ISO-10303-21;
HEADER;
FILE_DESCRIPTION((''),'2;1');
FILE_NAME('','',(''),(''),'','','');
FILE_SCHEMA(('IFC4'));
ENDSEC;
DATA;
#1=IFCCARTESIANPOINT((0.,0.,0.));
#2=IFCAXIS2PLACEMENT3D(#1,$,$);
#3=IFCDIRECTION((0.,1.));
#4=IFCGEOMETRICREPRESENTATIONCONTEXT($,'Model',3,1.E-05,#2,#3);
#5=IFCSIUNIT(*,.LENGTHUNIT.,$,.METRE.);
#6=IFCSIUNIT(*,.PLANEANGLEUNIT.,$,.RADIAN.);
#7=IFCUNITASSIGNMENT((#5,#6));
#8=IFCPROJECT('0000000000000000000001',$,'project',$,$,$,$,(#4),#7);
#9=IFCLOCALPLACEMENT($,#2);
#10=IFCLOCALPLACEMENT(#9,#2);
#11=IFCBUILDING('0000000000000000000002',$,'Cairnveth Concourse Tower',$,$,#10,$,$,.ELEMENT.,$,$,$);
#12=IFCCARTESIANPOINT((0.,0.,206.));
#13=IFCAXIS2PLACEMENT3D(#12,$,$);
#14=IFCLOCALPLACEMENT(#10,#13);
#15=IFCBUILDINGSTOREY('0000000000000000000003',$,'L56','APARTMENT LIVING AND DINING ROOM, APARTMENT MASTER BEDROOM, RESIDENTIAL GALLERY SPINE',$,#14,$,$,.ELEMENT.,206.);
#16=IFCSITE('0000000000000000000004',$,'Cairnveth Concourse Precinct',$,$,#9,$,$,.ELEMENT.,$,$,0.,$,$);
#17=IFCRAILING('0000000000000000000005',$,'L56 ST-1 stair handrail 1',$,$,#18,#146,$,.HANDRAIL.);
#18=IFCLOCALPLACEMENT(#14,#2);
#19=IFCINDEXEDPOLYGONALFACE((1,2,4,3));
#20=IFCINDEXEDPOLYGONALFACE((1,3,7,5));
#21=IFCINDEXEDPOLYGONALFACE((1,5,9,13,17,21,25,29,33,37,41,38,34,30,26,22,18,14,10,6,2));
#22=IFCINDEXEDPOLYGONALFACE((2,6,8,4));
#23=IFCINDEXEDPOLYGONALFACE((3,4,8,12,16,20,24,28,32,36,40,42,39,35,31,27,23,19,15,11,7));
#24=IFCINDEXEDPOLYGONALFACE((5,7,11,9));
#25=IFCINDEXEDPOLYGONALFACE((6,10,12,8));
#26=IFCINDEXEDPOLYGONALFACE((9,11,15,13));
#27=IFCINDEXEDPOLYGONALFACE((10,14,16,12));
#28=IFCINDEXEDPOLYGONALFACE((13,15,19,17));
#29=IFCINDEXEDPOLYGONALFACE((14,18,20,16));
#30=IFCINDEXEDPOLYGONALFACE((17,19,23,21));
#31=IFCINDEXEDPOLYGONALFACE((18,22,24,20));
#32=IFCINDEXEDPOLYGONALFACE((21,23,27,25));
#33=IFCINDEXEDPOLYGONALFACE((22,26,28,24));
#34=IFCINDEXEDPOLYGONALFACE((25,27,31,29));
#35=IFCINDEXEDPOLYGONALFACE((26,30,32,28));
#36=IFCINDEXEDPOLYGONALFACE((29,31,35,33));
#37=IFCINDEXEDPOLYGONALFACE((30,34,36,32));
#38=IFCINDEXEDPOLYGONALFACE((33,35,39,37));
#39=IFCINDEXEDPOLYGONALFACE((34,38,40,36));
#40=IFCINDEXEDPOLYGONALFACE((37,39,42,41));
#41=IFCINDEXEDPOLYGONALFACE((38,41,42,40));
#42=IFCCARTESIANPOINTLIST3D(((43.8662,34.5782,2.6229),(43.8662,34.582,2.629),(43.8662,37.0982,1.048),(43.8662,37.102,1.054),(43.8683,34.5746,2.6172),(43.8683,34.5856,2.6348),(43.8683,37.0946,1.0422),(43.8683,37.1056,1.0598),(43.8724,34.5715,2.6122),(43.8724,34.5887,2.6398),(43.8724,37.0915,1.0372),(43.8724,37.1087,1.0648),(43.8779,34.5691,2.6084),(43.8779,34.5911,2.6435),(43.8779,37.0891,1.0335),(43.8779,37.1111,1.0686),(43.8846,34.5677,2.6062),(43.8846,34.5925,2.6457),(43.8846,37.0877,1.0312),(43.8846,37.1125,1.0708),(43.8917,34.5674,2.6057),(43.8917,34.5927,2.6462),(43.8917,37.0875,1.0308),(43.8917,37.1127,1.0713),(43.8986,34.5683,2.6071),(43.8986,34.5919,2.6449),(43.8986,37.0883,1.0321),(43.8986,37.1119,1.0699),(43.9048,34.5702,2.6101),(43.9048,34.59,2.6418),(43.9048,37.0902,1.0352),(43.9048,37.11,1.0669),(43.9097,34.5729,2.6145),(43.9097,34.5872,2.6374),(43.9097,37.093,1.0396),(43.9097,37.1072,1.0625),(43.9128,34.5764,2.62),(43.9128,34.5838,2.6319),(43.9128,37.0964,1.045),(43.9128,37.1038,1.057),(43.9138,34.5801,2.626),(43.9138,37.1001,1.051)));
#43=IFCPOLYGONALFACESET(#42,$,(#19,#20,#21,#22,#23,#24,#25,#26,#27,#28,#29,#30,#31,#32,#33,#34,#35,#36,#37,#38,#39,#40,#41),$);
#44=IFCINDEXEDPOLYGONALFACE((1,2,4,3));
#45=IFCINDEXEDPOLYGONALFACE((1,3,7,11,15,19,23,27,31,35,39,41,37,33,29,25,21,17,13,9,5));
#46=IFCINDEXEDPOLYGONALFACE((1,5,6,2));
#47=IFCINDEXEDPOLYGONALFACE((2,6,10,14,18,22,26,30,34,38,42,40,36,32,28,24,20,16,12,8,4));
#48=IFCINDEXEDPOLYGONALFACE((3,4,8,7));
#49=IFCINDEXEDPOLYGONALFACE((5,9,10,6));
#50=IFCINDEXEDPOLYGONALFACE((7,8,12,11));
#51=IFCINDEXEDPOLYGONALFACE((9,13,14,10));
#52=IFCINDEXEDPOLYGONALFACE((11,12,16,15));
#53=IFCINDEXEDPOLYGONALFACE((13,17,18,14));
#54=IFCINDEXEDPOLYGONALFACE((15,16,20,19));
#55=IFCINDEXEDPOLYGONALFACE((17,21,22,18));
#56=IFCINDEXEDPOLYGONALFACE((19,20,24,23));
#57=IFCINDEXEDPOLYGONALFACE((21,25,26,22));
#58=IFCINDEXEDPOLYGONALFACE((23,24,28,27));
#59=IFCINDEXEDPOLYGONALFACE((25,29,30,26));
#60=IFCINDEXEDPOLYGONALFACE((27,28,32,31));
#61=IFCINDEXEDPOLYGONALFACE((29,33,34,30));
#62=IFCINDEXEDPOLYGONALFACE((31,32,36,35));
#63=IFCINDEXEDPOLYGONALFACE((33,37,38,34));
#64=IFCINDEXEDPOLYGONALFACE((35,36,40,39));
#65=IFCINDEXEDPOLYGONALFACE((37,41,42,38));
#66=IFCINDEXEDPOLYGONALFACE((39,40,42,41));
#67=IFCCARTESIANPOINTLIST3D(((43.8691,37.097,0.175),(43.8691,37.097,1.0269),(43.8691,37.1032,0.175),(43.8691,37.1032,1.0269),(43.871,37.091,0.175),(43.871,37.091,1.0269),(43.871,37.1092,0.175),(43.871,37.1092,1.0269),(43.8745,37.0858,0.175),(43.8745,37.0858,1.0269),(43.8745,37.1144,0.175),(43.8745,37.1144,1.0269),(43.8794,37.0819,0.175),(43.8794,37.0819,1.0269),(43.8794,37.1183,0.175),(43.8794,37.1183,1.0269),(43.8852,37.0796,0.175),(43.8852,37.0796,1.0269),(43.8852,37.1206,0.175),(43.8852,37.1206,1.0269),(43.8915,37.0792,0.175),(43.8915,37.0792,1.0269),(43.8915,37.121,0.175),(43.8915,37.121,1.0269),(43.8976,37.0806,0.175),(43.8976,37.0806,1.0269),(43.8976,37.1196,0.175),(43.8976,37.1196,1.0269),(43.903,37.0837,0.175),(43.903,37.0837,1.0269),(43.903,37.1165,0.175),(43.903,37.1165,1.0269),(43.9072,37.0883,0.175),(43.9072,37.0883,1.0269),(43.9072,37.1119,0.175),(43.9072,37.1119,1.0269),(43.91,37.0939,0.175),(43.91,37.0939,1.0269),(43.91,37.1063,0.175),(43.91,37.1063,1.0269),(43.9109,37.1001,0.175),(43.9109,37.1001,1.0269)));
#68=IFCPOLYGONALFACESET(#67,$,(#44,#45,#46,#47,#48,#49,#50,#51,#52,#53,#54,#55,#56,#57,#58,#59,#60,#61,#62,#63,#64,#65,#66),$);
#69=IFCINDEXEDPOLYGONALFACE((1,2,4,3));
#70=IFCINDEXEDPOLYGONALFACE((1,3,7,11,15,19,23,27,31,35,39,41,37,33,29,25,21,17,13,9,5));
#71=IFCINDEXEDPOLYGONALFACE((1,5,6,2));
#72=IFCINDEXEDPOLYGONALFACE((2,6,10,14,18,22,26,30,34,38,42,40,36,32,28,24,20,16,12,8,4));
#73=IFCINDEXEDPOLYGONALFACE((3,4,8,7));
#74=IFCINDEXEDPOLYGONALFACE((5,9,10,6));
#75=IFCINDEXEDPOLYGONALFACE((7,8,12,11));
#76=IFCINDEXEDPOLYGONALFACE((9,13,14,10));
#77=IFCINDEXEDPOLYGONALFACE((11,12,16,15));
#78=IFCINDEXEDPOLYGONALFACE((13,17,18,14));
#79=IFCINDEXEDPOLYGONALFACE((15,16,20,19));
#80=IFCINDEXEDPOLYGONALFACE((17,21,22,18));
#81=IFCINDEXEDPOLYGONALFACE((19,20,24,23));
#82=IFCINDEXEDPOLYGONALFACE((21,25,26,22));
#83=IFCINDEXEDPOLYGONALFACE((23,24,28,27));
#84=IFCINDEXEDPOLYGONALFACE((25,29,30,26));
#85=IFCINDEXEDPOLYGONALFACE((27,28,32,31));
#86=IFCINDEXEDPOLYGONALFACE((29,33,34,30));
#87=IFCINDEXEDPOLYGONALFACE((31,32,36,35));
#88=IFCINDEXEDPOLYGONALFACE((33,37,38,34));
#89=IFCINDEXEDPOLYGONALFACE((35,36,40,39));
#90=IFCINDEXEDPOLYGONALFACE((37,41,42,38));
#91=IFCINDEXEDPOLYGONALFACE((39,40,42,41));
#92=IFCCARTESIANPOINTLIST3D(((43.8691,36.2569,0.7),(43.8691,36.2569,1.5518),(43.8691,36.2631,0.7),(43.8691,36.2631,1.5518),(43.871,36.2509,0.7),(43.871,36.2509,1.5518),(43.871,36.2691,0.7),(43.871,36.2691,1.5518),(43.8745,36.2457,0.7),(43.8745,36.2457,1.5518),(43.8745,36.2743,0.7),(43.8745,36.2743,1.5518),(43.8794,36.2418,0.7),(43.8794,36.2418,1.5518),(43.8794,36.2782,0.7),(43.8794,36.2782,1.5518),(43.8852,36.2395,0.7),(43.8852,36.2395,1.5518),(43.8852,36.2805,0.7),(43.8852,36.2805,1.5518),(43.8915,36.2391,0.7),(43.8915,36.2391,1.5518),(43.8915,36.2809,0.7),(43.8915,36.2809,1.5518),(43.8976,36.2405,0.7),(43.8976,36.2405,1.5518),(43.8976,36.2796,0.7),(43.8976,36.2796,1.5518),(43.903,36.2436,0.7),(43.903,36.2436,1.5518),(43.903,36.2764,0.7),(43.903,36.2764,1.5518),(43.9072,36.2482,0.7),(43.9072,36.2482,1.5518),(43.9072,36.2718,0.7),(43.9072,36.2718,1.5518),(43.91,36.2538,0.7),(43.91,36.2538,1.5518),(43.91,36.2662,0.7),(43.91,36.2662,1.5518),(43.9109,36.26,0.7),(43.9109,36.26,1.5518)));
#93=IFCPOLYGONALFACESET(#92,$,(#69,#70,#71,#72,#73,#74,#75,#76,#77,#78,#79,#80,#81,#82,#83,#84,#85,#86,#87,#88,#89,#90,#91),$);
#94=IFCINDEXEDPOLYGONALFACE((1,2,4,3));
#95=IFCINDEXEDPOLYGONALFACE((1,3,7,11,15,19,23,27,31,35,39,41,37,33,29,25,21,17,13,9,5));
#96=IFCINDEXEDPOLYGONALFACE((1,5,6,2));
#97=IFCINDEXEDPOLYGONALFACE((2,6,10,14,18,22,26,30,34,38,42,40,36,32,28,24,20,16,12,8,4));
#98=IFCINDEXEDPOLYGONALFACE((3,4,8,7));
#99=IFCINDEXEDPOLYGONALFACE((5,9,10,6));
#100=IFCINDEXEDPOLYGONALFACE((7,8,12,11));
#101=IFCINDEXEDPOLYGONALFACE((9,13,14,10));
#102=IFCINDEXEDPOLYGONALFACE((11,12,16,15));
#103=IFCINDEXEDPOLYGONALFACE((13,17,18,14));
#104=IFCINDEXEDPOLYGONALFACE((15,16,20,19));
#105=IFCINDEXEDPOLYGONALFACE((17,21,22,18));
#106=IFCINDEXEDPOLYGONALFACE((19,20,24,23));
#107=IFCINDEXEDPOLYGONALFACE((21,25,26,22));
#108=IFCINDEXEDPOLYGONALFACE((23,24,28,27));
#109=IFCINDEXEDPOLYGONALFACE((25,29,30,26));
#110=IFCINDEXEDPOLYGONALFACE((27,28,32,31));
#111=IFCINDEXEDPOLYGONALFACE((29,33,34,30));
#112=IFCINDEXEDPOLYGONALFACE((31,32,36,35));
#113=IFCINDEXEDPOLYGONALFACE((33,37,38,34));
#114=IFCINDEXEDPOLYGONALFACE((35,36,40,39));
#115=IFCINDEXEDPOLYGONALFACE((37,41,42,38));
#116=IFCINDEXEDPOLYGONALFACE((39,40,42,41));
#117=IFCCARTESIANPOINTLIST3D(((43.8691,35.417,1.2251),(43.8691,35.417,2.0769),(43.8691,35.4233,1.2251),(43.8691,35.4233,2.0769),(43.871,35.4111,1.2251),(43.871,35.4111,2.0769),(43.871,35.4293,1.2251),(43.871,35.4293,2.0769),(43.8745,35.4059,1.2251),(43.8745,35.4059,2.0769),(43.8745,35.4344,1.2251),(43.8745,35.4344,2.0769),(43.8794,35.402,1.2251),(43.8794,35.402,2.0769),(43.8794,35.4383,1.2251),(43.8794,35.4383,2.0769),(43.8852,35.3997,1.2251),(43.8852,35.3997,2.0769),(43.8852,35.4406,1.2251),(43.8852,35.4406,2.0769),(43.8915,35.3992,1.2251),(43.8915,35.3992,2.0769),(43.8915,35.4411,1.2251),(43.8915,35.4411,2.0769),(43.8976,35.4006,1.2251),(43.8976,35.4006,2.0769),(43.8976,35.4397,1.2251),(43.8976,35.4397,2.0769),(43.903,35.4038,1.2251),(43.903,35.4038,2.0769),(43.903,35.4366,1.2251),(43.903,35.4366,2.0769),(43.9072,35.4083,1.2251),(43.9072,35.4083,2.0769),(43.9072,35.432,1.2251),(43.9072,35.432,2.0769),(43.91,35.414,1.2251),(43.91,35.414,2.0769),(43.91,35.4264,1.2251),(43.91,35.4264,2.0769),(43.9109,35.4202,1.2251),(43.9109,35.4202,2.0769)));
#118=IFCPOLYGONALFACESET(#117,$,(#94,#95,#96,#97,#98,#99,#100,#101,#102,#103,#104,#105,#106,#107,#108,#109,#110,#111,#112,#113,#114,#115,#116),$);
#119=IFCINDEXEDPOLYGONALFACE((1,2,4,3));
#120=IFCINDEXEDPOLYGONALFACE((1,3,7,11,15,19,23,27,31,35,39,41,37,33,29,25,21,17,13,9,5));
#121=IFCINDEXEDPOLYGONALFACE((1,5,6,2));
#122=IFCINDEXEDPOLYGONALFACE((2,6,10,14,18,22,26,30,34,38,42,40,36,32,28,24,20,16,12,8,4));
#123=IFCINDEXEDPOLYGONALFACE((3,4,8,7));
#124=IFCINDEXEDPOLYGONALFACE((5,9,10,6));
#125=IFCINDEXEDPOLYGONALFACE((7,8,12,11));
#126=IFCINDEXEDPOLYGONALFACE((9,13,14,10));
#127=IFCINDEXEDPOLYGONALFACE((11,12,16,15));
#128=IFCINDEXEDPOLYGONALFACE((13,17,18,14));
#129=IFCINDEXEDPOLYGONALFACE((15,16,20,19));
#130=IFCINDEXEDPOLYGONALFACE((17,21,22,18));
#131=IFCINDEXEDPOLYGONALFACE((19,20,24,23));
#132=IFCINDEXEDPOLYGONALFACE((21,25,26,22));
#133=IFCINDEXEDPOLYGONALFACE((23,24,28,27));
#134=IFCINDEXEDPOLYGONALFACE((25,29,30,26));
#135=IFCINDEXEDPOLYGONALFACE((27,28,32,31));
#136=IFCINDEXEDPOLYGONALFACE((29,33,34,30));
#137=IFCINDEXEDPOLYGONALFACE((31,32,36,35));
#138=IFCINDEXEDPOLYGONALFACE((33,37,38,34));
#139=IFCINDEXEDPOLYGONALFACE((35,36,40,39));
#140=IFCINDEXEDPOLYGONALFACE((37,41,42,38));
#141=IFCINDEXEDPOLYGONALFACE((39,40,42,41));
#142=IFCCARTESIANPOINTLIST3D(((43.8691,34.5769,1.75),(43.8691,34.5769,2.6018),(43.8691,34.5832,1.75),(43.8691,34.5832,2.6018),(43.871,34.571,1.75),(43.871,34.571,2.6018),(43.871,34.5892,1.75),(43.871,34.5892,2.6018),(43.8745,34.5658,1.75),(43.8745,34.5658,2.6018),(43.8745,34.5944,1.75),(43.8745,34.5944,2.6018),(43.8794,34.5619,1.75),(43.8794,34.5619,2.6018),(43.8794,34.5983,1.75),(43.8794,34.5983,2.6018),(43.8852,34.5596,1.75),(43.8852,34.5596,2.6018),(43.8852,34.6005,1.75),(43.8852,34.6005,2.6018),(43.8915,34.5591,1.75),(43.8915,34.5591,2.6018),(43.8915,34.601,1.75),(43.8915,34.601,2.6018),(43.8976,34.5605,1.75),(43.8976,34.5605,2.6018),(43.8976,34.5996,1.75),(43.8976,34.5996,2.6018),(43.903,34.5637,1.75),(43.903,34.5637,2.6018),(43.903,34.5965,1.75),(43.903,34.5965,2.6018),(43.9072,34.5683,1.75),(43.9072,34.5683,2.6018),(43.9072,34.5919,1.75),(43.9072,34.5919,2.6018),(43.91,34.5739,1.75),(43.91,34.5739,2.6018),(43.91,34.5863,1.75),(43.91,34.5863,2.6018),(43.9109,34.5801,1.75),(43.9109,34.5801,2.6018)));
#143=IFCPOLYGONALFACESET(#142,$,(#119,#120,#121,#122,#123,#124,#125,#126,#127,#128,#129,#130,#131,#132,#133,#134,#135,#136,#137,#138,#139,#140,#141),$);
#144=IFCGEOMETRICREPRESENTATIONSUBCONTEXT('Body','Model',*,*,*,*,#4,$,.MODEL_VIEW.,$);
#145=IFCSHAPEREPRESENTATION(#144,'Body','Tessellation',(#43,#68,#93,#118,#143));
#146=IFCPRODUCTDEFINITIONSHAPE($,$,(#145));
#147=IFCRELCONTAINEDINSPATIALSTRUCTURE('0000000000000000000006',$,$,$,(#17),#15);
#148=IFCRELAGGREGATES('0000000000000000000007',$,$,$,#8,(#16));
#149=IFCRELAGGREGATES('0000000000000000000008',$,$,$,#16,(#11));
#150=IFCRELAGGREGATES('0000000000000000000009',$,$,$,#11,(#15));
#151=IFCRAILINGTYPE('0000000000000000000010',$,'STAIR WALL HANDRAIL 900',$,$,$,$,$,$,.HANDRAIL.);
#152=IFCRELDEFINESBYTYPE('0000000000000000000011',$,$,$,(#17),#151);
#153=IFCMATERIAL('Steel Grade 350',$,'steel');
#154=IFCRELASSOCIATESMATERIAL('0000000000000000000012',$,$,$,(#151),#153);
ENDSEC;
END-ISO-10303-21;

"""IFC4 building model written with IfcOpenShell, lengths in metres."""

from ifc_helpers import new_model, si_unit, direction, frame, origin, origin_2d, place, context, subcontext, project, spatial, circle, extrude, material, type_object, element, save


model = new_model("IFC4")

# Units and contexts
model_context = context("Model", 3, precision=1e-05, world=origin(), true_north=direction((0.0, 1.0)))
body_context = subcontext(model_context, "Body", "Model", "MODEL_VIEW")
ifc_project = project(units=[si_unit("LENGTHUNIT", "METRE"), si_unit("PLANEANGLEUNIT", "RADIAN")], contexts=[model_context])

# Site, building, storey
site_placement = place(None, origin())
site = spatial("IfcSite", under=ifc_project, at=site_placement, Name="Cairnveth Concourse Precinct", CompositionType="ELEMENT", RefElevation=0.0)
building_placement = place(site_placement, origin())
building = spatial("IfcBuilding", under=site, at=building_placement, Name="Cairnveth Concourse Tower", CompositionType="ELEMENT")
storey_placement = place(building_placement, frame((0.0, 0.0, 206.0)))
storey = spatial("IfcBuildingStorey", under=building, at=storey_placement, Name="L56", Description="APARTMENT LIVING AND DINING ROOM, APARTMENT MASTER BEDROOM, RESIDENTIAL GALLERY SPINE", CompositionType="ELEMENT", Elevation=206.0)

# Railing
ifc_material_1 = material(Name="Steel Grade 350", Category="steel")
railing_type_1 = type_object("IfcRailingType", Name="STAIR WALL HANDRAIL 900", PredefinedType="HANDRAIL", material=ifc_material_1)
railing_1_placement = place(storey_placement, frame((43.8899, 37.1001, 0.175)))
element("IfcRailing", 1, at=railing_1_placement, inside=storey, type_object=railing_type_1, Name="L56 ST-1 stair handrail 1", PredefinedType="HANDRAIL", context=body_context, shape_type="SweptSolid", body=[
    extrude(circle(Radius=0.0239, at=origin_2d()), frame((0.0, 0.0, 0.876), z_axis=(0.0, -0.848008, 0.529984), x_axis=(1.0, 0.0, 0.0)), (0.0, 0.0, 1.0), 2.9717),
    extrude(circle(Radius=0.021, at=origin_2d()), origin(), (0.0, 0.0, 1.0), 0.8518),
    extrude(circle(Radius=0.021, at=origin_2d()), frame((0.0, -0.8401, 0.5249)), (0.0, 0.0, 1.0), 0.8518),
    extrude(circle(Radius=0.021, at=origin_2d()), frame((0.0, -1.6799, 1.05)), (0.0, 0.0, 1.0), 0.8518),
    extrude(circle(Radius=0.021, at=origin_2d()), frame((0.0, -2.52, 1.575)), (0.0, 0.0, 1.0), 0.8518),
])

save(model, "model.ifc")
